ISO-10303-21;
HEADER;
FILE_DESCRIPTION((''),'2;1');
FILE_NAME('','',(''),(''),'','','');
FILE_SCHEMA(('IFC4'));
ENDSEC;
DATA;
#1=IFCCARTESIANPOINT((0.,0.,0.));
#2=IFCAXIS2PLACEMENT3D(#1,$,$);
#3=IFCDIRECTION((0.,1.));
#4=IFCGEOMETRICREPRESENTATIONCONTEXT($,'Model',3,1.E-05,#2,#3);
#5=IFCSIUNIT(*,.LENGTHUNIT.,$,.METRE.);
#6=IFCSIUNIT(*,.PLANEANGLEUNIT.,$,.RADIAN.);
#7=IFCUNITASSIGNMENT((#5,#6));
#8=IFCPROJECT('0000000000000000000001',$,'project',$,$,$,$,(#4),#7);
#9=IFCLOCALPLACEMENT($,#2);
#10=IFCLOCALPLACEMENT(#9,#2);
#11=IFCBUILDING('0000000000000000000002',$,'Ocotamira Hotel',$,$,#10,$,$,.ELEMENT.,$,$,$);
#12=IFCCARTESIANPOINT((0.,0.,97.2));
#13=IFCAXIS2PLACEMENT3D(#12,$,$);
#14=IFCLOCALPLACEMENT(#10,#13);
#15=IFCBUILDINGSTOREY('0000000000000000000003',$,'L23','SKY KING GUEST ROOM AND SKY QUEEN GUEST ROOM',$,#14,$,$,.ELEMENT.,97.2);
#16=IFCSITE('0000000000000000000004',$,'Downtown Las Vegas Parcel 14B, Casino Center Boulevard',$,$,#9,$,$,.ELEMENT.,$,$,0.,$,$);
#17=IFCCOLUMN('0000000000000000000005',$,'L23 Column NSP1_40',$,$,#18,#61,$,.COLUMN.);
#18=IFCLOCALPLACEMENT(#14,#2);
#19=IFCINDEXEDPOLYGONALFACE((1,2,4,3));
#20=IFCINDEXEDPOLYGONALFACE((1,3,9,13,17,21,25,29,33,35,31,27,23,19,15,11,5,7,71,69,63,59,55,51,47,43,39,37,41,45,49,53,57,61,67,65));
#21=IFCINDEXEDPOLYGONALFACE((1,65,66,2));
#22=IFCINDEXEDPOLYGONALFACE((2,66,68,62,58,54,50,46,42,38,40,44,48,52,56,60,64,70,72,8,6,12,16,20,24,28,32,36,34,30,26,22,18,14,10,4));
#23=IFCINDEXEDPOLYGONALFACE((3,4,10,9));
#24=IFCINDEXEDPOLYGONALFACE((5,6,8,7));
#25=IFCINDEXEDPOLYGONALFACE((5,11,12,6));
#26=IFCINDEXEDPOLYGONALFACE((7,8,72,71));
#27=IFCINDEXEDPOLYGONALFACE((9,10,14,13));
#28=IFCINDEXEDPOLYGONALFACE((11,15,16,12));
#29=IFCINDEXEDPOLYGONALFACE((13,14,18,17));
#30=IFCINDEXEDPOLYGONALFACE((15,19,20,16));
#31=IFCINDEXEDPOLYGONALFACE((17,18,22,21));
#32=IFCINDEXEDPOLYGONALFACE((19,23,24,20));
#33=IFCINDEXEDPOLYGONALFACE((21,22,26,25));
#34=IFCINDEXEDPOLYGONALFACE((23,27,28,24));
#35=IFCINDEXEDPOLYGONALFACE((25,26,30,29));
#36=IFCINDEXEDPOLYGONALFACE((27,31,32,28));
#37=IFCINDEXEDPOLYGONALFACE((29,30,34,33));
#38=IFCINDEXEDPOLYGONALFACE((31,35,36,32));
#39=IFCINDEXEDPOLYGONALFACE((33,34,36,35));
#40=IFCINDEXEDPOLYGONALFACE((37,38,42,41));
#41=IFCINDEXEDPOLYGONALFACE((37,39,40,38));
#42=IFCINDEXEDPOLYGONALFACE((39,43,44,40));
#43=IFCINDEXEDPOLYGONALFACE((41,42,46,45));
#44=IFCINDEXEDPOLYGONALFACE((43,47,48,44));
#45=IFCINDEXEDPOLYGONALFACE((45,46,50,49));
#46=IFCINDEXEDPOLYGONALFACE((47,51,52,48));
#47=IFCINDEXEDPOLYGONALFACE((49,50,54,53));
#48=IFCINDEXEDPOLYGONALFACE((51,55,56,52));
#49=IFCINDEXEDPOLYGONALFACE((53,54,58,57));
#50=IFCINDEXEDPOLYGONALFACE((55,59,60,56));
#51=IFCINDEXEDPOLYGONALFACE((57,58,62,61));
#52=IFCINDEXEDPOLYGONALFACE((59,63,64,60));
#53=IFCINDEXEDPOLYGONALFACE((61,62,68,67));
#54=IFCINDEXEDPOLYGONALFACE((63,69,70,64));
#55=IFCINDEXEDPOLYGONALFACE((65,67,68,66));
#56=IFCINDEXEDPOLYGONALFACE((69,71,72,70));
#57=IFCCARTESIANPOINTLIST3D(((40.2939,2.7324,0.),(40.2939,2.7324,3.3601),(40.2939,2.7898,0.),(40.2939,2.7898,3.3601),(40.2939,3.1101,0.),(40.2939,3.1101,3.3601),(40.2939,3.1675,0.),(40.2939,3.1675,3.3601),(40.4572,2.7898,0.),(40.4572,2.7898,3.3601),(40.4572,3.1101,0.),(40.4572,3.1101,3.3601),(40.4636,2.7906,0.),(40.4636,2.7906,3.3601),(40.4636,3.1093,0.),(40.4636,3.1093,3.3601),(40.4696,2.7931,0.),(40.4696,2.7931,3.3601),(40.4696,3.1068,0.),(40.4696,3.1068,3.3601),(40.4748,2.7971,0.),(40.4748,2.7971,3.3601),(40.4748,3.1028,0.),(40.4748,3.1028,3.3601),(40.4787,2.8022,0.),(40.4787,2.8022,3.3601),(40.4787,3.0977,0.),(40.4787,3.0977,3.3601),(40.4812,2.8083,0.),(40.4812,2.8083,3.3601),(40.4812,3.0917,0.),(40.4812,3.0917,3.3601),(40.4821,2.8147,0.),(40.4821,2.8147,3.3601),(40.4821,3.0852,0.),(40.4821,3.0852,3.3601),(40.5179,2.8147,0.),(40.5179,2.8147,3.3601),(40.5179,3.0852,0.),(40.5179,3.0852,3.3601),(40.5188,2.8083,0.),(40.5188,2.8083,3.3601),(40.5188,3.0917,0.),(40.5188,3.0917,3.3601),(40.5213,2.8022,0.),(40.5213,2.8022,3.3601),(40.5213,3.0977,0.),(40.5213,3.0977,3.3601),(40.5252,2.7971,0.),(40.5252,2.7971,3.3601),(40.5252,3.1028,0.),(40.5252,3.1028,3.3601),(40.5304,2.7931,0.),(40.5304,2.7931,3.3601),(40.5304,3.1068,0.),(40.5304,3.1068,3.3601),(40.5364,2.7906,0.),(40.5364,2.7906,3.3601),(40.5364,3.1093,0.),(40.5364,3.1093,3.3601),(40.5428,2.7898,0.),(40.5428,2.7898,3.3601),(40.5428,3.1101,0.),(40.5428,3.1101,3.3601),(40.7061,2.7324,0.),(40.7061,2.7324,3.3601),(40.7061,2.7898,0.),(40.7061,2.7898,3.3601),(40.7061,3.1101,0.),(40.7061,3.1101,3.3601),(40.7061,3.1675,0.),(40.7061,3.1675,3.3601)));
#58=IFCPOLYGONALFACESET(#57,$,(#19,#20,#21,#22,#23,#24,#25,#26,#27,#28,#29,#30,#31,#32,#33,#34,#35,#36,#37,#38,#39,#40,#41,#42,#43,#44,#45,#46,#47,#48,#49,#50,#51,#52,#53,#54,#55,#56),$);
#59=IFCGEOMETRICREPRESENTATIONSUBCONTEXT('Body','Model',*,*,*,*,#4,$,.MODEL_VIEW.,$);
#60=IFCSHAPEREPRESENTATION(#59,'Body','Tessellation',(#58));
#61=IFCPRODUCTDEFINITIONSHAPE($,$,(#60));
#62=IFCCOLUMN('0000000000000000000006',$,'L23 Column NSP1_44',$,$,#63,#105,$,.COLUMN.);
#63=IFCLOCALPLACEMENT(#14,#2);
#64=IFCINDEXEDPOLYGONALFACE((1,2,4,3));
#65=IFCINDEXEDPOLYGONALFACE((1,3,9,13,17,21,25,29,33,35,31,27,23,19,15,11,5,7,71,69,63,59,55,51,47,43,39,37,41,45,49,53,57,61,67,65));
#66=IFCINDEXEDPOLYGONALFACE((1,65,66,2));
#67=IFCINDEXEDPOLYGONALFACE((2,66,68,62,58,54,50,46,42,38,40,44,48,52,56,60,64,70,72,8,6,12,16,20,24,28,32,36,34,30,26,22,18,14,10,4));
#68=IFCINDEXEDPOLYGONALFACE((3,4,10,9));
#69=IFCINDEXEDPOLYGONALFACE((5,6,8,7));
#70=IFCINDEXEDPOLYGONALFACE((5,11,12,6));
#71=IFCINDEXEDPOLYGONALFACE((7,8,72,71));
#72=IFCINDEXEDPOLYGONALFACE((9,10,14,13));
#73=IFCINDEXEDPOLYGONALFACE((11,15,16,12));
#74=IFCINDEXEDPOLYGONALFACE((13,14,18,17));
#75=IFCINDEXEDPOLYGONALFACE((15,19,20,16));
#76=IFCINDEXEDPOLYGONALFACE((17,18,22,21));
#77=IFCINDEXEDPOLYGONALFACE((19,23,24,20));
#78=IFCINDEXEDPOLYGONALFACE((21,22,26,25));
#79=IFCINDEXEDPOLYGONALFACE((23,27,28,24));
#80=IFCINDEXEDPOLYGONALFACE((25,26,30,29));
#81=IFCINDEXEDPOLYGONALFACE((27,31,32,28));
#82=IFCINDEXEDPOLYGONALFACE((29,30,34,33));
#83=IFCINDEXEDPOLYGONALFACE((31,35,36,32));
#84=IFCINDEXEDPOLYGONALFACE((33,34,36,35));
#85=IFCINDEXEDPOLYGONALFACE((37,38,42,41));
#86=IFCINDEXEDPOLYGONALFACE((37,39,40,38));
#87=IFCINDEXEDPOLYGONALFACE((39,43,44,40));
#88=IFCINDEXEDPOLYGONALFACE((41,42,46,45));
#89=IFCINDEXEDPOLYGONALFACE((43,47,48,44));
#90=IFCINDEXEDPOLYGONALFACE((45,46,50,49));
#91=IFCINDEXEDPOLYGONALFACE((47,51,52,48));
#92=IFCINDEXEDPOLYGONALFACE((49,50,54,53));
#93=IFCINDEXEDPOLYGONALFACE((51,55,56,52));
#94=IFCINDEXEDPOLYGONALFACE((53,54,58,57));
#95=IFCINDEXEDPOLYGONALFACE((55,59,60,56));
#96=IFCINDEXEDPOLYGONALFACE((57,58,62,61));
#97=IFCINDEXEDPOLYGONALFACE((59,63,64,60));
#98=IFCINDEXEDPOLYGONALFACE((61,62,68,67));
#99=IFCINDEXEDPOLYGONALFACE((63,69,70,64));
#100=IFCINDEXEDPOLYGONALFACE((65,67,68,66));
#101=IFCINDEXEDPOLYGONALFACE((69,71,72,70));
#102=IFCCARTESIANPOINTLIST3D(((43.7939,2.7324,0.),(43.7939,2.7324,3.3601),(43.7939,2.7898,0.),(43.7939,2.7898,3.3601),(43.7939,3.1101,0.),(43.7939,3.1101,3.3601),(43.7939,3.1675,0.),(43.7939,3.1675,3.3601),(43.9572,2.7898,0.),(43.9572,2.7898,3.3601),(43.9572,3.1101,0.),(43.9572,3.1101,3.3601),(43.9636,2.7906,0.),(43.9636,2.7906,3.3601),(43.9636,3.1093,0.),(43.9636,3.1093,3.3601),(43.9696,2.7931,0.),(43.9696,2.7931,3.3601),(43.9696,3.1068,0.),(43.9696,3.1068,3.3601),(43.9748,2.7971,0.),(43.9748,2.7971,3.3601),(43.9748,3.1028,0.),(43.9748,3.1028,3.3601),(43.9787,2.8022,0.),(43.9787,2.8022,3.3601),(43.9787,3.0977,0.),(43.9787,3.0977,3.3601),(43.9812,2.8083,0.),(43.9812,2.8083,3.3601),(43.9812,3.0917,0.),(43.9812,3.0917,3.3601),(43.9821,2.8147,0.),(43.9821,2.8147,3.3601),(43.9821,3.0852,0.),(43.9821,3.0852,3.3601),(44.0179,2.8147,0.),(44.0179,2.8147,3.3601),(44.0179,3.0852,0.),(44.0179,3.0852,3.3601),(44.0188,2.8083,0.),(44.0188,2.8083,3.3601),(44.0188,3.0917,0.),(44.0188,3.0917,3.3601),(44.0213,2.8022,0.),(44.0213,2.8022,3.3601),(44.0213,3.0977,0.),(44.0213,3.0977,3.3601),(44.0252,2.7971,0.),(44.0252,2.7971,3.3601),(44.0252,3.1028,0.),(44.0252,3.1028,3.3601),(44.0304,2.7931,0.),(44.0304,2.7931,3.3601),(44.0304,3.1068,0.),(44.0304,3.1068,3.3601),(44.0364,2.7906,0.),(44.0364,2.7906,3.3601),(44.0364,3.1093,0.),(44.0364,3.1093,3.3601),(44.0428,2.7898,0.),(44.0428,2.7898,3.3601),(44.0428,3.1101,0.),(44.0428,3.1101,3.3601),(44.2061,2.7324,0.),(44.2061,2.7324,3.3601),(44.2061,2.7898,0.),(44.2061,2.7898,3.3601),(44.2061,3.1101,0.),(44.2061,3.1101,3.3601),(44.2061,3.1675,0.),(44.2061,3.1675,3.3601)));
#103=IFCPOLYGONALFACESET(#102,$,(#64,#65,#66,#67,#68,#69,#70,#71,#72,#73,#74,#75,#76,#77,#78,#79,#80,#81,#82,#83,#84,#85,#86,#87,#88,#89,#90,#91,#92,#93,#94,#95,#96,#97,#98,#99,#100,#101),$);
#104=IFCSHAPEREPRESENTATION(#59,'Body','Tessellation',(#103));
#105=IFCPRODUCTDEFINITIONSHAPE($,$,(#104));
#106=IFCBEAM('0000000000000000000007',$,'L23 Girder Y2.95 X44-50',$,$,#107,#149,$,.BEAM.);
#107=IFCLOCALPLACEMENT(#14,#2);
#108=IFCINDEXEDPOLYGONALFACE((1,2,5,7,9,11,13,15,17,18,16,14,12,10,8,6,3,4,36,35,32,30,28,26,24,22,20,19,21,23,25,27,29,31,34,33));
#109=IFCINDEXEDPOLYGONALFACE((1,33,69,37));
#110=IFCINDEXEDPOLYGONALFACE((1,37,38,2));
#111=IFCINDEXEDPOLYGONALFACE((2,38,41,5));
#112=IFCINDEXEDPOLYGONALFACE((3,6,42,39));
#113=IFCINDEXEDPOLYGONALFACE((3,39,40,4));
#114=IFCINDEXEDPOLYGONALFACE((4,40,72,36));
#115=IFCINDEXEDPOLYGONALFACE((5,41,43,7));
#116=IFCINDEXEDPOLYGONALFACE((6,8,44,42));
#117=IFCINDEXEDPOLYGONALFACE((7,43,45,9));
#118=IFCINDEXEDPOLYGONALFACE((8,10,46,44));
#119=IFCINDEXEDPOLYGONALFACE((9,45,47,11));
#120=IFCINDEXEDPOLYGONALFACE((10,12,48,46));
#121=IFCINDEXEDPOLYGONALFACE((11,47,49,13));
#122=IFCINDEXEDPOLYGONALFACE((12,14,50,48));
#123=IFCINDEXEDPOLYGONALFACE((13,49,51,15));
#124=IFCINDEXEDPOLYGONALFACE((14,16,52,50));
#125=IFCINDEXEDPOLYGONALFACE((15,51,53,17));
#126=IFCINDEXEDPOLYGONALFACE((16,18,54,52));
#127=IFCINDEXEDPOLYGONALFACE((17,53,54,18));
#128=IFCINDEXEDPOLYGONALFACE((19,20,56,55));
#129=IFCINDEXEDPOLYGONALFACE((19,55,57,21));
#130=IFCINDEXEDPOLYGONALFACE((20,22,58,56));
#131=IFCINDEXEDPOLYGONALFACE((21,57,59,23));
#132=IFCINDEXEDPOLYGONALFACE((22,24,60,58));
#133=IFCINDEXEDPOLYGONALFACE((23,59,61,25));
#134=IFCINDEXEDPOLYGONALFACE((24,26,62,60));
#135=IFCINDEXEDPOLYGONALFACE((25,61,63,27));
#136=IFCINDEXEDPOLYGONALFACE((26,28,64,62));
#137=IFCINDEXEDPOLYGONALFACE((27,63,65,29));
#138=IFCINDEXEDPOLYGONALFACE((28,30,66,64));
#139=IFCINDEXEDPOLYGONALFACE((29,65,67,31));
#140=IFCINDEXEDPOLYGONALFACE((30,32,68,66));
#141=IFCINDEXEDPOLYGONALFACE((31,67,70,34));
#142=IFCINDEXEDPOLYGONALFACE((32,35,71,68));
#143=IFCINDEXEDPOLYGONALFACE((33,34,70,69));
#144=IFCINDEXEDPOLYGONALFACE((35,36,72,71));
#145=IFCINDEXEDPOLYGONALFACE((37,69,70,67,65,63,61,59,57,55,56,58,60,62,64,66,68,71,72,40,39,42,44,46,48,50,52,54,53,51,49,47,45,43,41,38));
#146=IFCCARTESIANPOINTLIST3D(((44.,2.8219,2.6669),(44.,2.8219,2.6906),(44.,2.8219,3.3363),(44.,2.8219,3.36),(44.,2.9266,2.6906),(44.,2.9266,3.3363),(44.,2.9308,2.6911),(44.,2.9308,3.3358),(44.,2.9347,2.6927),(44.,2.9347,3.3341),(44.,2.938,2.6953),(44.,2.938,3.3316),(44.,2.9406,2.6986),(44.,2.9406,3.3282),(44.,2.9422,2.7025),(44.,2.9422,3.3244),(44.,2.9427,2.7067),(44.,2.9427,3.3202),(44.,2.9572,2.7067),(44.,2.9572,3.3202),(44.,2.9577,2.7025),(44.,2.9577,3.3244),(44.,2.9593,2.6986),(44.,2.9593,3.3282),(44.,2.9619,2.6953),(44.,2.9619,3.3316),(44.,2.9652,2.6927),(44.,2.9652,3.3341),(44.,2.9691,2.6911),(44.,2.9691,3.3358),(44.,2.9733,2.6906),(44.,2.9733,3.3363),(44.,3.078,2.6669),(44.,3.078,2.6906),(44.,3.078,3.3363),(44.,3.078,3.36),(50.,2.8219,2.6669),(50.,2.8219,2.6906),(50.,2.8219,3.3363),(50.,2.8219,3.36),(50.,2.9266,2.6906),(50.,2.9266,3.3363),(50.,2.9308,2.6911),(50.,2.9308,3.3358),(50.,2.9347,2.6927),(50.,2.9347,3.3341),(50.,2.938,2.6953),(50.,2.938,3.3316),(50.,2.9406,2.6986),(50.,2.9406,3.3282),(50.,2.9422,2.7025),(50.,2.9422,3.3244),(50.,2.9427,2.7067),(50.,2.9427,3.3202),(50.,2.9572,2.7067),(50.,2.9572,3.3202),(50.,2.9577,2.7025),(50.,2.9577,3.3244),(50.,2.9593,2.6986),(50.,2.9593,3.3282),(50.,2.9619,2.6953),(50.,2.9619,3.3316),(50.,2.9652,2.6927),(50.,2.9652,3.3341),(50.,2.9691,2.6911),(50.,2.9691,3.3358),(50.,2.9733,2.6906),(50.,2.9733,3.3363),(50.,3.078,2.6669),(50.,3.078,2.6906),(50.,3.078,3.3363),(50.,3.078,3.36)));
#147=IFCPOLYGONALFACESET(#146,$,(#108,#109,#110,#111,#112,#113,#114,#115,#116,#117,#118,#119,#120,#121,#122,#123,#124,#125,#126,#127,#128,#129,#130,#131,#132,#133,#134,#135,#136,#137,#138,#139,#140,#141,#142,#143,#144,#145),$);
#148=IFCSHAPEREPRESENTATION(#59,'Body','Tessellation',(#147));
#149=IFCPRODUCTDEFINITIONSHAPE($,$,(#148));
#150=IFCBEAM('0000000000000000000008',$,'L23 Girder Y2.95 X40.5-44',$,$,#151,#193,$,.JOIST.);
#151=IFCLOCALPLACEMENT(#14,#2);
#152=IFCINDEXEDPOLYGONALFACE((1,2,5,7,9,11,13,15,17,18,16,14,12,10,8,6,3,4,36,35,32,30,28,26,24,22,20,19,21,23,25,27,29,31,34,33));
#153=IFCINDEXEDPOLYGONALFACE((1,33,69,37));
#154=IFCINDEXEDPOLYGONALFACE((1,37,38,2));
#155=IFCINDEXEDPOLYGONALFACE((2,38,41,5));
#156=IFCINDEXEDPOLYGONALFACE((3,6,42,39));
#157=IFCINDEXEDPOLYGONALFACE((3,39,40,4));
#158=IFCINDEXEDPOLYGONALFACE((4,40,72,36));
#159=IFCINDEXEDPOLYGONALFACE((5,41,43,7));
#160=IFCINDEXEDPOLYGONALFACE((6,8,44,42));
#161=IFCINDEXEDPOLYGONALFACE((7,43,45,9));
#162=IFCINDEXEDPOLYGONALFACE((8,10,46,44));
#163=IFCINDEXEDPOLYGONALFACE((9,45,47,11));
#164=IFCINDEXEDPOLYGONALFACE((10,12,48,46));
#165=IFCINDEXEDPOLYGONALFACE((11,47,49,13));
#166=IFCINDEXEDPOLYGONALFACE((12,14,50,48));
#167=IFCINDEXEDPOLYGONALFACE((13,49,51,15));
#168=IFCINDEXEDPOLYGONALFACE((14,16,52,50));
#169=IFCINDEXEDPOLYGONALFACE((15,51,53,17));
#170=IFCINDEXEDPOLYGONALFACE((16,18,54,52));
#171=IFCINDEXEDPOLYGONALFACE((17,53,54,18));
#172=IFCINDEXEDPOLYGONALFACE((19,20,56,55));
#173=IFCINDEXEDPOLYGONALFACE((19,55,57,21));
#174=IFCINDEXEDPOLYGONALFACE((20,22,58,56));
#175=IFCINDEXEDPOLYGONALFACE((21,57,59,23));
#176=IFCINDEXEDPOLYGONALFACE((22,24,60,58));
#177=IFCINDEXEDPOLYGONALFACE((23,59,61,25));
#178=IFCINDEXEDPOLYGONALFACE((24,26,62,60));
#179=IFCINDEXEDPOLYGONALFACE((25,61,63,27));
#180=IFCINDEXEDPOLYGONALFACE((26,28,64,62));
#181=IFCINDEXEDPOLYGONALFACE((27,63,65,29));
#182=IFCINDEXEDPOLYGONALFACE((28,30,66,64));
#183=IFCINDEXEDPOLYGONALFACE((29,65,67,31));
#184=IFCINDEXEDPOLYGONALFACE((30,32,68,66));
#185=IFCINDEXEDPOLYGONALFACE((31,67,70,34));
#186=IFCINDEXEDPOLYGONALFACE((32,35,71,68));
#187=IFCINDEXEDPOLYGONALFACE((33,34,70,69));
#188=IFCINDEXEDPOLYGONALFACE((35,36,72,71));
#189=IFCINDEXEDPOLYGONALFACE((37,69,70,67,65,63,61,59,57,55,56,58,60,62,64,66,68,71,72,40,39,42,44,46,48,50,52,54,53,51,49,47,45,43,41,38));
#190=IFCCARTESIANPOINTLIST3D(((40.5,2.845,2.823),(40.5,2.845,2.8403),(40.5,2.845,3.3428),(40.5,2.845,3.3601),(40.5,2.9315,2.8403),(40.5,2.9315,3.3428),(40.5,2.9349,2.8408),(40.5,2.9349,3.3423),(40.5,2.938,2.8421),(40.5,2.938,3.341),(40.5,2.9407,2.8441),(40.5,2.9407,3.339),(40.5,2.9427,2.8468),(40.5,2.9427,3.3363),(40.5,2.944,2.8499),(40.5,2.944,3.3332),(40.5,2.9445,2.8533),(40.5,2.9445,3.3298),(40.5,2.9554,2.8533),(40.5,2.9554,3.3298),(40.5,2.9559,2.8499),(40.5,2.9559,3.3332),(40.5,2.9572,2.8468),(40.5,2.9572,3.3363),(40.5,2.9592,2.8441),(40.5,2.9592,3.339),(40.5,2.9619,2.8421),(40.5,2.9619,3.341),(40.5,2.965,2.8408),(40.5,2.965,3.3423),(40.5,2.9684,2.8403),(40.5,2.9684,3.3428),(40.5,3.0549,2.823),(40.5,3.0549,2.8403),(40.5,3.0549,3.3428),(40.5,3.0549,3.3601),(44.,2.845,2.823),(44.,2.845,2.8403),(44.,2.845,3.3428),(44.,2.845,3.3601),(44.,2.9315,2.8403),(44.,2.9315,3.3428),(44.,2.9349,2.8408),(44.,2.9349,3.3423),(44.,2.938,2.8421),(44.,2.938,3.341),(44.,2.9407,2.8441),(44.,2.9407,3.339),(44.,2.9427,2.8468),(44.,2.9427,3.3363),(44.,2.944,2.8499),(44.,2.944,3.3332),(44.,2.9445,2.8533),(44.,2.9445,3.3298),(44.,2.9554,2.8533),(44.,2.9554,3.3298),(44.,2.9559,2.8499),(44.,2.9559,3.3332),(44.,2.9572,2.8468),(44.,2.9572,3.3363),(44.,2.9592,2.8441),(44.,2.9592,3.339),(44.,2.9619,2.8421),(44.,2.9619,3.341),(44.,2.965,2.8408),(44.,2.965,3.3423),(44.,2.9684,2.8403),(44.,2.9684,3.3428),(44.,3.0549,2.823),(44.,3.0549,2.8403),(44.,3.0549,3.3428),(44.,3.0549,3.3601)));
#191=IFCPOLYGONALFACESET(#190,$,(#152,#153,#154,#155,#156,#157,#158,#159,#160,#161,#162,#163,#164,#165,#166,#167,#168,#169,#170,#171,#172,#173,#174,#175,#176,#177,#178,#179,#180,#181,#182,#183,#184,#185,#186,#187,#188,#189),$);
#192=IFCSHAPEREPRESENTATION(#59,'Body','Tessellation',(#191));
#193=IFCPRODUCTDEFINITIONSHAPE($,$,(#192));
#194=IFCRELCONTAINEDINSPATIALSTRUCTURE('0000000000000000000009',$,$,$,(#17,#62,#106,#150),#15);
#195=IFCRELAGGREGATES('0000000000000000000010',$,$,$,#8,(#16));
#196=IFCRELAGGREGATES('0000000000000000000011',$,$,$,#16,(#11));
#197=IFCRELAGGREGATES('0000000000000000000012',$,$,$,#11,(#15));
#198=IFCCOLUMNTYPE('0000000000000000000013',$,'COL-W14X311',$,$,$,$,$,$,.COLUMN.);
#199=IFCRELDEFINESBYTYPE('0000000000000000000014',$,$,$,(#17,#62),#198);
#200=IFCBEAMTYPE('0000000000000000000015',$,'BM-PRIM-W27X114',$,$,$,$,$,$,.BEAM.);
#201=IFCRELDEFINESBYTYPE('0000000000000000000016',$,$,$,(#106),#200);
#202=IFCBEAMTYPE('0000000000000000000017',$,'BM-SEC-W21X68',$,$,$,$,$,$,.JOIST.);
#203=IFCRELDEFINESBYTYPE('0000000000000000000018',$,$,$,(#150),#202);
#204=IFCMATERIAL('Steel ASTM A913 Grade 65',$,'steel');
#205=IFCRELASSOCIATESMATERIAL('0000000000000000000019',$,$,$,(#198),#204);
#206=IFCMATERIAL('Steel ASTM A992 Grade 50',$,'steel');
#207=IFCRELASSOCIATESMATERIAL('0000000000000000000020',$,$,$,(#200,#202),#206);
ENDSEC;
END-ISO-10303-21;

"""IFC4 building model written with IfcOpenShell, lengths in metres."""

from ifc_helpers import new_model, si_unit, direction, frame, origin, origin_2d, place, context, subcontext, project, spatial, i_section, extrude, source, transform, mapped, material, material_profile, profile_set, type_object, element, save


model = new_model("IFC4")

# Units and contexts
model_context = context("Model", 3, precision=1e-05, world=origin(), true_north=direction((0.0, 1.0)))
body_context = subcontext(model_context, "Body", "Model", "MODEL_VIEW")
ifc_project = project(units=[si_unit("LENGTHUNIT", "METRE"), si_unit("PLANEANGLEUNIT", "RADIAN")], contexts=[model_context])

# Site, building, storey
site_placement = place(None, origin())
site = spatial("IfcSite", under=ifc_project, at=site_placement, Name="Downtown Las Vegas Parcel 14B, Casino Center Boulevard", CompositionType="ELEMENT", RefElevation=0.0)
building_placement = place(site_placement, origin())
building = spatial("IfcBuilding", under=site, at=building_placement, Name="Ocotamira Hotel", CompositionType="ELEMENT")
storey_placement = place(building_placement, frame((0.0, 0.0, 97.2)))
storey = spatial("IfcBuildingStorey", under=building, at=storey_placement, Name="L23", Description="SKY KING GUEST ROOM AND SKY QUEEN GUEST ROOM", CompositionType="ELEMENT", Elevation=97.2)

# Columns
ifc_material_1 = material(Name="Steel ASTM A913 Grade 65", Category="steel")
ifc_material_profile_1 = material_profile(ifc_material_1, i_section(OverallWidth=0.4121, OverallDepth=0.4351, WebThickness=0.0359, FlangeThickness=0.0574, FilletRadius=0.0249, at=origin_2d()), Name="W14X311")
ifc_profile_set_1 = profile_set([ifc_material_profile_1], Name="Steel ASTM A913 Grade 65")
column_type = type_object("IfcColumnType", Name="COL-W14X311", PredefinedType="COLUMN", material=ifc_profile_set_1)
shared_shape_1 = source(origin(), body_context, "Body", "SweptSolid", [
    extrude(i_section(OverallWidth=0.4121, OverallDepth=0.4351, WebThickness=0.0359, FlangeThickness=0.0574, FilletRadius=0.0249, at=origin_2d()), origin(), (0.0, 0.0, 1.0), 3.3601),
])
for number, where, z_axis, x_axis, name in (
    (1, (40.5, 2.95, 0.0), (0.0, 0.0, 1.0), (1.0, 0.0, 0.0), "L23 Column NSP1_40"),
    (2, (44.0, 2.95, 0.0), (0.0, 0.0, 1.0), (1.0, 0.0, 0.0), "L23 Column NSP1_44"),
):
    element("IfcColumn", number, at=place(storey_placement, frame(where, z_axis=z_axis, x_axis=x_axis)), inside=storey, type_object=column_type, Name=name, PredefinedType="COLUMN", context=body_context, shape_type="MappedRepresentation", body=[
        mapped(shared_shape_1, transform((0.0, 0.0, 0.0), scale=1.0)),
    ])

# Beams
ifc_material_2 = material(Name="Steel ASTM A992 Grade 50", Category="steel")
ifc_material_profile_2 = material_profile(ifc_material_2, i_section(OverallWidth=0.2561, OverallDepth=0.6931, WebThickness=0.0144, FlangeThickness=0.0237, FilletRadius=0.0161, at=origin_2d()), Name="W27X114")
ifc_profile_set_2 = profile_set([ifc_material_profile_2], Name="Steel ASTM A992 Grade 50")
beam_type_1 = type_object("IfcBeamType", Name="BM-PRIM-W27X114", PredefinedType="BEAM", material=ifc_profile_set_2)
shared_shape_2 = source(origin(), body_context, "Body", "SweptSolid", [
    extrude(i_section(OverallWidth=0.2561, OverallDepth=0.6931, WebThickness=0.0144, FlangeThickness=0.0237, FilletRadius=0.0161, at=origin_2d()), origin(), (0.0, 0.0, 1.0), 6.0),
])
beam_1_placement = place(storey_placement, frame((44.0, 2.95, 3.0134), z_axis=(1.0, 0.0, 0.0), x_axis=(0.0, 1.0, 0.0)))
element("IfcBeam", 3, at=beam_1_placement, inside=storey, type_object=beam_type_1, Name="L23 Girder Y2.95 X44-50", PredefinedType="BEAM", context=body_context, shape_type="MappedRepresentation", body=[
    mapped(shared_shape_2, transform((0.0, 0.0, 0.0), scale=1.0)),
])
ifc_material_profile_3 = material_profile(ifc_material_2, i_section(OverallWidth=0.21, OverallDepth=0.5371, WebThickness=0.011, FlangeThickness=0.0173, FilletRadius=0.0129, at=origin_2d()), Name="W21X68")
ifc_profile_set_3 = profile_set([ifc_material_profile_3], Name="Steel ASTM A992 Grade 50")
beam_type_2 = type_object("IfcBeamType", Name="BM-SEC-W21X68", PredefinedType="JOIST", material=ifc_profile_set_3)
shared_shape_3 = source(origin(), body_context, "Body", "SweptSolid", [
    extrude(i_section(OverallWidth=0.21, OverallDepth=0.5371, WebThickness=0.011, FlangeThickness=0.0173, FilletRadius=0.0129, at=origin_2d()), origin(), (0.0, 0.0, 1.0), 3.5),
])
beam_2_placement = place(storey_placement, frame((40.5, 2.95, 3.0916), z_axis=(1.0, 0.0, 0.0), x_axis=(0.0, 1.0, 0.0)))
element("IfcBeam", 4, at=beam_2_placement, inside=storey, type_object=beam_type_2, Name="L23 Girder Y2.95 X40.5-44", PredefinedType="JOIST", context=body_context, shape_type="MappedRepresentation", body=[
    mapped(shared_shape_3, transform((0.0, 0.0, 0.0), scale=1.0)),
])

save(model, "model.ifc")
